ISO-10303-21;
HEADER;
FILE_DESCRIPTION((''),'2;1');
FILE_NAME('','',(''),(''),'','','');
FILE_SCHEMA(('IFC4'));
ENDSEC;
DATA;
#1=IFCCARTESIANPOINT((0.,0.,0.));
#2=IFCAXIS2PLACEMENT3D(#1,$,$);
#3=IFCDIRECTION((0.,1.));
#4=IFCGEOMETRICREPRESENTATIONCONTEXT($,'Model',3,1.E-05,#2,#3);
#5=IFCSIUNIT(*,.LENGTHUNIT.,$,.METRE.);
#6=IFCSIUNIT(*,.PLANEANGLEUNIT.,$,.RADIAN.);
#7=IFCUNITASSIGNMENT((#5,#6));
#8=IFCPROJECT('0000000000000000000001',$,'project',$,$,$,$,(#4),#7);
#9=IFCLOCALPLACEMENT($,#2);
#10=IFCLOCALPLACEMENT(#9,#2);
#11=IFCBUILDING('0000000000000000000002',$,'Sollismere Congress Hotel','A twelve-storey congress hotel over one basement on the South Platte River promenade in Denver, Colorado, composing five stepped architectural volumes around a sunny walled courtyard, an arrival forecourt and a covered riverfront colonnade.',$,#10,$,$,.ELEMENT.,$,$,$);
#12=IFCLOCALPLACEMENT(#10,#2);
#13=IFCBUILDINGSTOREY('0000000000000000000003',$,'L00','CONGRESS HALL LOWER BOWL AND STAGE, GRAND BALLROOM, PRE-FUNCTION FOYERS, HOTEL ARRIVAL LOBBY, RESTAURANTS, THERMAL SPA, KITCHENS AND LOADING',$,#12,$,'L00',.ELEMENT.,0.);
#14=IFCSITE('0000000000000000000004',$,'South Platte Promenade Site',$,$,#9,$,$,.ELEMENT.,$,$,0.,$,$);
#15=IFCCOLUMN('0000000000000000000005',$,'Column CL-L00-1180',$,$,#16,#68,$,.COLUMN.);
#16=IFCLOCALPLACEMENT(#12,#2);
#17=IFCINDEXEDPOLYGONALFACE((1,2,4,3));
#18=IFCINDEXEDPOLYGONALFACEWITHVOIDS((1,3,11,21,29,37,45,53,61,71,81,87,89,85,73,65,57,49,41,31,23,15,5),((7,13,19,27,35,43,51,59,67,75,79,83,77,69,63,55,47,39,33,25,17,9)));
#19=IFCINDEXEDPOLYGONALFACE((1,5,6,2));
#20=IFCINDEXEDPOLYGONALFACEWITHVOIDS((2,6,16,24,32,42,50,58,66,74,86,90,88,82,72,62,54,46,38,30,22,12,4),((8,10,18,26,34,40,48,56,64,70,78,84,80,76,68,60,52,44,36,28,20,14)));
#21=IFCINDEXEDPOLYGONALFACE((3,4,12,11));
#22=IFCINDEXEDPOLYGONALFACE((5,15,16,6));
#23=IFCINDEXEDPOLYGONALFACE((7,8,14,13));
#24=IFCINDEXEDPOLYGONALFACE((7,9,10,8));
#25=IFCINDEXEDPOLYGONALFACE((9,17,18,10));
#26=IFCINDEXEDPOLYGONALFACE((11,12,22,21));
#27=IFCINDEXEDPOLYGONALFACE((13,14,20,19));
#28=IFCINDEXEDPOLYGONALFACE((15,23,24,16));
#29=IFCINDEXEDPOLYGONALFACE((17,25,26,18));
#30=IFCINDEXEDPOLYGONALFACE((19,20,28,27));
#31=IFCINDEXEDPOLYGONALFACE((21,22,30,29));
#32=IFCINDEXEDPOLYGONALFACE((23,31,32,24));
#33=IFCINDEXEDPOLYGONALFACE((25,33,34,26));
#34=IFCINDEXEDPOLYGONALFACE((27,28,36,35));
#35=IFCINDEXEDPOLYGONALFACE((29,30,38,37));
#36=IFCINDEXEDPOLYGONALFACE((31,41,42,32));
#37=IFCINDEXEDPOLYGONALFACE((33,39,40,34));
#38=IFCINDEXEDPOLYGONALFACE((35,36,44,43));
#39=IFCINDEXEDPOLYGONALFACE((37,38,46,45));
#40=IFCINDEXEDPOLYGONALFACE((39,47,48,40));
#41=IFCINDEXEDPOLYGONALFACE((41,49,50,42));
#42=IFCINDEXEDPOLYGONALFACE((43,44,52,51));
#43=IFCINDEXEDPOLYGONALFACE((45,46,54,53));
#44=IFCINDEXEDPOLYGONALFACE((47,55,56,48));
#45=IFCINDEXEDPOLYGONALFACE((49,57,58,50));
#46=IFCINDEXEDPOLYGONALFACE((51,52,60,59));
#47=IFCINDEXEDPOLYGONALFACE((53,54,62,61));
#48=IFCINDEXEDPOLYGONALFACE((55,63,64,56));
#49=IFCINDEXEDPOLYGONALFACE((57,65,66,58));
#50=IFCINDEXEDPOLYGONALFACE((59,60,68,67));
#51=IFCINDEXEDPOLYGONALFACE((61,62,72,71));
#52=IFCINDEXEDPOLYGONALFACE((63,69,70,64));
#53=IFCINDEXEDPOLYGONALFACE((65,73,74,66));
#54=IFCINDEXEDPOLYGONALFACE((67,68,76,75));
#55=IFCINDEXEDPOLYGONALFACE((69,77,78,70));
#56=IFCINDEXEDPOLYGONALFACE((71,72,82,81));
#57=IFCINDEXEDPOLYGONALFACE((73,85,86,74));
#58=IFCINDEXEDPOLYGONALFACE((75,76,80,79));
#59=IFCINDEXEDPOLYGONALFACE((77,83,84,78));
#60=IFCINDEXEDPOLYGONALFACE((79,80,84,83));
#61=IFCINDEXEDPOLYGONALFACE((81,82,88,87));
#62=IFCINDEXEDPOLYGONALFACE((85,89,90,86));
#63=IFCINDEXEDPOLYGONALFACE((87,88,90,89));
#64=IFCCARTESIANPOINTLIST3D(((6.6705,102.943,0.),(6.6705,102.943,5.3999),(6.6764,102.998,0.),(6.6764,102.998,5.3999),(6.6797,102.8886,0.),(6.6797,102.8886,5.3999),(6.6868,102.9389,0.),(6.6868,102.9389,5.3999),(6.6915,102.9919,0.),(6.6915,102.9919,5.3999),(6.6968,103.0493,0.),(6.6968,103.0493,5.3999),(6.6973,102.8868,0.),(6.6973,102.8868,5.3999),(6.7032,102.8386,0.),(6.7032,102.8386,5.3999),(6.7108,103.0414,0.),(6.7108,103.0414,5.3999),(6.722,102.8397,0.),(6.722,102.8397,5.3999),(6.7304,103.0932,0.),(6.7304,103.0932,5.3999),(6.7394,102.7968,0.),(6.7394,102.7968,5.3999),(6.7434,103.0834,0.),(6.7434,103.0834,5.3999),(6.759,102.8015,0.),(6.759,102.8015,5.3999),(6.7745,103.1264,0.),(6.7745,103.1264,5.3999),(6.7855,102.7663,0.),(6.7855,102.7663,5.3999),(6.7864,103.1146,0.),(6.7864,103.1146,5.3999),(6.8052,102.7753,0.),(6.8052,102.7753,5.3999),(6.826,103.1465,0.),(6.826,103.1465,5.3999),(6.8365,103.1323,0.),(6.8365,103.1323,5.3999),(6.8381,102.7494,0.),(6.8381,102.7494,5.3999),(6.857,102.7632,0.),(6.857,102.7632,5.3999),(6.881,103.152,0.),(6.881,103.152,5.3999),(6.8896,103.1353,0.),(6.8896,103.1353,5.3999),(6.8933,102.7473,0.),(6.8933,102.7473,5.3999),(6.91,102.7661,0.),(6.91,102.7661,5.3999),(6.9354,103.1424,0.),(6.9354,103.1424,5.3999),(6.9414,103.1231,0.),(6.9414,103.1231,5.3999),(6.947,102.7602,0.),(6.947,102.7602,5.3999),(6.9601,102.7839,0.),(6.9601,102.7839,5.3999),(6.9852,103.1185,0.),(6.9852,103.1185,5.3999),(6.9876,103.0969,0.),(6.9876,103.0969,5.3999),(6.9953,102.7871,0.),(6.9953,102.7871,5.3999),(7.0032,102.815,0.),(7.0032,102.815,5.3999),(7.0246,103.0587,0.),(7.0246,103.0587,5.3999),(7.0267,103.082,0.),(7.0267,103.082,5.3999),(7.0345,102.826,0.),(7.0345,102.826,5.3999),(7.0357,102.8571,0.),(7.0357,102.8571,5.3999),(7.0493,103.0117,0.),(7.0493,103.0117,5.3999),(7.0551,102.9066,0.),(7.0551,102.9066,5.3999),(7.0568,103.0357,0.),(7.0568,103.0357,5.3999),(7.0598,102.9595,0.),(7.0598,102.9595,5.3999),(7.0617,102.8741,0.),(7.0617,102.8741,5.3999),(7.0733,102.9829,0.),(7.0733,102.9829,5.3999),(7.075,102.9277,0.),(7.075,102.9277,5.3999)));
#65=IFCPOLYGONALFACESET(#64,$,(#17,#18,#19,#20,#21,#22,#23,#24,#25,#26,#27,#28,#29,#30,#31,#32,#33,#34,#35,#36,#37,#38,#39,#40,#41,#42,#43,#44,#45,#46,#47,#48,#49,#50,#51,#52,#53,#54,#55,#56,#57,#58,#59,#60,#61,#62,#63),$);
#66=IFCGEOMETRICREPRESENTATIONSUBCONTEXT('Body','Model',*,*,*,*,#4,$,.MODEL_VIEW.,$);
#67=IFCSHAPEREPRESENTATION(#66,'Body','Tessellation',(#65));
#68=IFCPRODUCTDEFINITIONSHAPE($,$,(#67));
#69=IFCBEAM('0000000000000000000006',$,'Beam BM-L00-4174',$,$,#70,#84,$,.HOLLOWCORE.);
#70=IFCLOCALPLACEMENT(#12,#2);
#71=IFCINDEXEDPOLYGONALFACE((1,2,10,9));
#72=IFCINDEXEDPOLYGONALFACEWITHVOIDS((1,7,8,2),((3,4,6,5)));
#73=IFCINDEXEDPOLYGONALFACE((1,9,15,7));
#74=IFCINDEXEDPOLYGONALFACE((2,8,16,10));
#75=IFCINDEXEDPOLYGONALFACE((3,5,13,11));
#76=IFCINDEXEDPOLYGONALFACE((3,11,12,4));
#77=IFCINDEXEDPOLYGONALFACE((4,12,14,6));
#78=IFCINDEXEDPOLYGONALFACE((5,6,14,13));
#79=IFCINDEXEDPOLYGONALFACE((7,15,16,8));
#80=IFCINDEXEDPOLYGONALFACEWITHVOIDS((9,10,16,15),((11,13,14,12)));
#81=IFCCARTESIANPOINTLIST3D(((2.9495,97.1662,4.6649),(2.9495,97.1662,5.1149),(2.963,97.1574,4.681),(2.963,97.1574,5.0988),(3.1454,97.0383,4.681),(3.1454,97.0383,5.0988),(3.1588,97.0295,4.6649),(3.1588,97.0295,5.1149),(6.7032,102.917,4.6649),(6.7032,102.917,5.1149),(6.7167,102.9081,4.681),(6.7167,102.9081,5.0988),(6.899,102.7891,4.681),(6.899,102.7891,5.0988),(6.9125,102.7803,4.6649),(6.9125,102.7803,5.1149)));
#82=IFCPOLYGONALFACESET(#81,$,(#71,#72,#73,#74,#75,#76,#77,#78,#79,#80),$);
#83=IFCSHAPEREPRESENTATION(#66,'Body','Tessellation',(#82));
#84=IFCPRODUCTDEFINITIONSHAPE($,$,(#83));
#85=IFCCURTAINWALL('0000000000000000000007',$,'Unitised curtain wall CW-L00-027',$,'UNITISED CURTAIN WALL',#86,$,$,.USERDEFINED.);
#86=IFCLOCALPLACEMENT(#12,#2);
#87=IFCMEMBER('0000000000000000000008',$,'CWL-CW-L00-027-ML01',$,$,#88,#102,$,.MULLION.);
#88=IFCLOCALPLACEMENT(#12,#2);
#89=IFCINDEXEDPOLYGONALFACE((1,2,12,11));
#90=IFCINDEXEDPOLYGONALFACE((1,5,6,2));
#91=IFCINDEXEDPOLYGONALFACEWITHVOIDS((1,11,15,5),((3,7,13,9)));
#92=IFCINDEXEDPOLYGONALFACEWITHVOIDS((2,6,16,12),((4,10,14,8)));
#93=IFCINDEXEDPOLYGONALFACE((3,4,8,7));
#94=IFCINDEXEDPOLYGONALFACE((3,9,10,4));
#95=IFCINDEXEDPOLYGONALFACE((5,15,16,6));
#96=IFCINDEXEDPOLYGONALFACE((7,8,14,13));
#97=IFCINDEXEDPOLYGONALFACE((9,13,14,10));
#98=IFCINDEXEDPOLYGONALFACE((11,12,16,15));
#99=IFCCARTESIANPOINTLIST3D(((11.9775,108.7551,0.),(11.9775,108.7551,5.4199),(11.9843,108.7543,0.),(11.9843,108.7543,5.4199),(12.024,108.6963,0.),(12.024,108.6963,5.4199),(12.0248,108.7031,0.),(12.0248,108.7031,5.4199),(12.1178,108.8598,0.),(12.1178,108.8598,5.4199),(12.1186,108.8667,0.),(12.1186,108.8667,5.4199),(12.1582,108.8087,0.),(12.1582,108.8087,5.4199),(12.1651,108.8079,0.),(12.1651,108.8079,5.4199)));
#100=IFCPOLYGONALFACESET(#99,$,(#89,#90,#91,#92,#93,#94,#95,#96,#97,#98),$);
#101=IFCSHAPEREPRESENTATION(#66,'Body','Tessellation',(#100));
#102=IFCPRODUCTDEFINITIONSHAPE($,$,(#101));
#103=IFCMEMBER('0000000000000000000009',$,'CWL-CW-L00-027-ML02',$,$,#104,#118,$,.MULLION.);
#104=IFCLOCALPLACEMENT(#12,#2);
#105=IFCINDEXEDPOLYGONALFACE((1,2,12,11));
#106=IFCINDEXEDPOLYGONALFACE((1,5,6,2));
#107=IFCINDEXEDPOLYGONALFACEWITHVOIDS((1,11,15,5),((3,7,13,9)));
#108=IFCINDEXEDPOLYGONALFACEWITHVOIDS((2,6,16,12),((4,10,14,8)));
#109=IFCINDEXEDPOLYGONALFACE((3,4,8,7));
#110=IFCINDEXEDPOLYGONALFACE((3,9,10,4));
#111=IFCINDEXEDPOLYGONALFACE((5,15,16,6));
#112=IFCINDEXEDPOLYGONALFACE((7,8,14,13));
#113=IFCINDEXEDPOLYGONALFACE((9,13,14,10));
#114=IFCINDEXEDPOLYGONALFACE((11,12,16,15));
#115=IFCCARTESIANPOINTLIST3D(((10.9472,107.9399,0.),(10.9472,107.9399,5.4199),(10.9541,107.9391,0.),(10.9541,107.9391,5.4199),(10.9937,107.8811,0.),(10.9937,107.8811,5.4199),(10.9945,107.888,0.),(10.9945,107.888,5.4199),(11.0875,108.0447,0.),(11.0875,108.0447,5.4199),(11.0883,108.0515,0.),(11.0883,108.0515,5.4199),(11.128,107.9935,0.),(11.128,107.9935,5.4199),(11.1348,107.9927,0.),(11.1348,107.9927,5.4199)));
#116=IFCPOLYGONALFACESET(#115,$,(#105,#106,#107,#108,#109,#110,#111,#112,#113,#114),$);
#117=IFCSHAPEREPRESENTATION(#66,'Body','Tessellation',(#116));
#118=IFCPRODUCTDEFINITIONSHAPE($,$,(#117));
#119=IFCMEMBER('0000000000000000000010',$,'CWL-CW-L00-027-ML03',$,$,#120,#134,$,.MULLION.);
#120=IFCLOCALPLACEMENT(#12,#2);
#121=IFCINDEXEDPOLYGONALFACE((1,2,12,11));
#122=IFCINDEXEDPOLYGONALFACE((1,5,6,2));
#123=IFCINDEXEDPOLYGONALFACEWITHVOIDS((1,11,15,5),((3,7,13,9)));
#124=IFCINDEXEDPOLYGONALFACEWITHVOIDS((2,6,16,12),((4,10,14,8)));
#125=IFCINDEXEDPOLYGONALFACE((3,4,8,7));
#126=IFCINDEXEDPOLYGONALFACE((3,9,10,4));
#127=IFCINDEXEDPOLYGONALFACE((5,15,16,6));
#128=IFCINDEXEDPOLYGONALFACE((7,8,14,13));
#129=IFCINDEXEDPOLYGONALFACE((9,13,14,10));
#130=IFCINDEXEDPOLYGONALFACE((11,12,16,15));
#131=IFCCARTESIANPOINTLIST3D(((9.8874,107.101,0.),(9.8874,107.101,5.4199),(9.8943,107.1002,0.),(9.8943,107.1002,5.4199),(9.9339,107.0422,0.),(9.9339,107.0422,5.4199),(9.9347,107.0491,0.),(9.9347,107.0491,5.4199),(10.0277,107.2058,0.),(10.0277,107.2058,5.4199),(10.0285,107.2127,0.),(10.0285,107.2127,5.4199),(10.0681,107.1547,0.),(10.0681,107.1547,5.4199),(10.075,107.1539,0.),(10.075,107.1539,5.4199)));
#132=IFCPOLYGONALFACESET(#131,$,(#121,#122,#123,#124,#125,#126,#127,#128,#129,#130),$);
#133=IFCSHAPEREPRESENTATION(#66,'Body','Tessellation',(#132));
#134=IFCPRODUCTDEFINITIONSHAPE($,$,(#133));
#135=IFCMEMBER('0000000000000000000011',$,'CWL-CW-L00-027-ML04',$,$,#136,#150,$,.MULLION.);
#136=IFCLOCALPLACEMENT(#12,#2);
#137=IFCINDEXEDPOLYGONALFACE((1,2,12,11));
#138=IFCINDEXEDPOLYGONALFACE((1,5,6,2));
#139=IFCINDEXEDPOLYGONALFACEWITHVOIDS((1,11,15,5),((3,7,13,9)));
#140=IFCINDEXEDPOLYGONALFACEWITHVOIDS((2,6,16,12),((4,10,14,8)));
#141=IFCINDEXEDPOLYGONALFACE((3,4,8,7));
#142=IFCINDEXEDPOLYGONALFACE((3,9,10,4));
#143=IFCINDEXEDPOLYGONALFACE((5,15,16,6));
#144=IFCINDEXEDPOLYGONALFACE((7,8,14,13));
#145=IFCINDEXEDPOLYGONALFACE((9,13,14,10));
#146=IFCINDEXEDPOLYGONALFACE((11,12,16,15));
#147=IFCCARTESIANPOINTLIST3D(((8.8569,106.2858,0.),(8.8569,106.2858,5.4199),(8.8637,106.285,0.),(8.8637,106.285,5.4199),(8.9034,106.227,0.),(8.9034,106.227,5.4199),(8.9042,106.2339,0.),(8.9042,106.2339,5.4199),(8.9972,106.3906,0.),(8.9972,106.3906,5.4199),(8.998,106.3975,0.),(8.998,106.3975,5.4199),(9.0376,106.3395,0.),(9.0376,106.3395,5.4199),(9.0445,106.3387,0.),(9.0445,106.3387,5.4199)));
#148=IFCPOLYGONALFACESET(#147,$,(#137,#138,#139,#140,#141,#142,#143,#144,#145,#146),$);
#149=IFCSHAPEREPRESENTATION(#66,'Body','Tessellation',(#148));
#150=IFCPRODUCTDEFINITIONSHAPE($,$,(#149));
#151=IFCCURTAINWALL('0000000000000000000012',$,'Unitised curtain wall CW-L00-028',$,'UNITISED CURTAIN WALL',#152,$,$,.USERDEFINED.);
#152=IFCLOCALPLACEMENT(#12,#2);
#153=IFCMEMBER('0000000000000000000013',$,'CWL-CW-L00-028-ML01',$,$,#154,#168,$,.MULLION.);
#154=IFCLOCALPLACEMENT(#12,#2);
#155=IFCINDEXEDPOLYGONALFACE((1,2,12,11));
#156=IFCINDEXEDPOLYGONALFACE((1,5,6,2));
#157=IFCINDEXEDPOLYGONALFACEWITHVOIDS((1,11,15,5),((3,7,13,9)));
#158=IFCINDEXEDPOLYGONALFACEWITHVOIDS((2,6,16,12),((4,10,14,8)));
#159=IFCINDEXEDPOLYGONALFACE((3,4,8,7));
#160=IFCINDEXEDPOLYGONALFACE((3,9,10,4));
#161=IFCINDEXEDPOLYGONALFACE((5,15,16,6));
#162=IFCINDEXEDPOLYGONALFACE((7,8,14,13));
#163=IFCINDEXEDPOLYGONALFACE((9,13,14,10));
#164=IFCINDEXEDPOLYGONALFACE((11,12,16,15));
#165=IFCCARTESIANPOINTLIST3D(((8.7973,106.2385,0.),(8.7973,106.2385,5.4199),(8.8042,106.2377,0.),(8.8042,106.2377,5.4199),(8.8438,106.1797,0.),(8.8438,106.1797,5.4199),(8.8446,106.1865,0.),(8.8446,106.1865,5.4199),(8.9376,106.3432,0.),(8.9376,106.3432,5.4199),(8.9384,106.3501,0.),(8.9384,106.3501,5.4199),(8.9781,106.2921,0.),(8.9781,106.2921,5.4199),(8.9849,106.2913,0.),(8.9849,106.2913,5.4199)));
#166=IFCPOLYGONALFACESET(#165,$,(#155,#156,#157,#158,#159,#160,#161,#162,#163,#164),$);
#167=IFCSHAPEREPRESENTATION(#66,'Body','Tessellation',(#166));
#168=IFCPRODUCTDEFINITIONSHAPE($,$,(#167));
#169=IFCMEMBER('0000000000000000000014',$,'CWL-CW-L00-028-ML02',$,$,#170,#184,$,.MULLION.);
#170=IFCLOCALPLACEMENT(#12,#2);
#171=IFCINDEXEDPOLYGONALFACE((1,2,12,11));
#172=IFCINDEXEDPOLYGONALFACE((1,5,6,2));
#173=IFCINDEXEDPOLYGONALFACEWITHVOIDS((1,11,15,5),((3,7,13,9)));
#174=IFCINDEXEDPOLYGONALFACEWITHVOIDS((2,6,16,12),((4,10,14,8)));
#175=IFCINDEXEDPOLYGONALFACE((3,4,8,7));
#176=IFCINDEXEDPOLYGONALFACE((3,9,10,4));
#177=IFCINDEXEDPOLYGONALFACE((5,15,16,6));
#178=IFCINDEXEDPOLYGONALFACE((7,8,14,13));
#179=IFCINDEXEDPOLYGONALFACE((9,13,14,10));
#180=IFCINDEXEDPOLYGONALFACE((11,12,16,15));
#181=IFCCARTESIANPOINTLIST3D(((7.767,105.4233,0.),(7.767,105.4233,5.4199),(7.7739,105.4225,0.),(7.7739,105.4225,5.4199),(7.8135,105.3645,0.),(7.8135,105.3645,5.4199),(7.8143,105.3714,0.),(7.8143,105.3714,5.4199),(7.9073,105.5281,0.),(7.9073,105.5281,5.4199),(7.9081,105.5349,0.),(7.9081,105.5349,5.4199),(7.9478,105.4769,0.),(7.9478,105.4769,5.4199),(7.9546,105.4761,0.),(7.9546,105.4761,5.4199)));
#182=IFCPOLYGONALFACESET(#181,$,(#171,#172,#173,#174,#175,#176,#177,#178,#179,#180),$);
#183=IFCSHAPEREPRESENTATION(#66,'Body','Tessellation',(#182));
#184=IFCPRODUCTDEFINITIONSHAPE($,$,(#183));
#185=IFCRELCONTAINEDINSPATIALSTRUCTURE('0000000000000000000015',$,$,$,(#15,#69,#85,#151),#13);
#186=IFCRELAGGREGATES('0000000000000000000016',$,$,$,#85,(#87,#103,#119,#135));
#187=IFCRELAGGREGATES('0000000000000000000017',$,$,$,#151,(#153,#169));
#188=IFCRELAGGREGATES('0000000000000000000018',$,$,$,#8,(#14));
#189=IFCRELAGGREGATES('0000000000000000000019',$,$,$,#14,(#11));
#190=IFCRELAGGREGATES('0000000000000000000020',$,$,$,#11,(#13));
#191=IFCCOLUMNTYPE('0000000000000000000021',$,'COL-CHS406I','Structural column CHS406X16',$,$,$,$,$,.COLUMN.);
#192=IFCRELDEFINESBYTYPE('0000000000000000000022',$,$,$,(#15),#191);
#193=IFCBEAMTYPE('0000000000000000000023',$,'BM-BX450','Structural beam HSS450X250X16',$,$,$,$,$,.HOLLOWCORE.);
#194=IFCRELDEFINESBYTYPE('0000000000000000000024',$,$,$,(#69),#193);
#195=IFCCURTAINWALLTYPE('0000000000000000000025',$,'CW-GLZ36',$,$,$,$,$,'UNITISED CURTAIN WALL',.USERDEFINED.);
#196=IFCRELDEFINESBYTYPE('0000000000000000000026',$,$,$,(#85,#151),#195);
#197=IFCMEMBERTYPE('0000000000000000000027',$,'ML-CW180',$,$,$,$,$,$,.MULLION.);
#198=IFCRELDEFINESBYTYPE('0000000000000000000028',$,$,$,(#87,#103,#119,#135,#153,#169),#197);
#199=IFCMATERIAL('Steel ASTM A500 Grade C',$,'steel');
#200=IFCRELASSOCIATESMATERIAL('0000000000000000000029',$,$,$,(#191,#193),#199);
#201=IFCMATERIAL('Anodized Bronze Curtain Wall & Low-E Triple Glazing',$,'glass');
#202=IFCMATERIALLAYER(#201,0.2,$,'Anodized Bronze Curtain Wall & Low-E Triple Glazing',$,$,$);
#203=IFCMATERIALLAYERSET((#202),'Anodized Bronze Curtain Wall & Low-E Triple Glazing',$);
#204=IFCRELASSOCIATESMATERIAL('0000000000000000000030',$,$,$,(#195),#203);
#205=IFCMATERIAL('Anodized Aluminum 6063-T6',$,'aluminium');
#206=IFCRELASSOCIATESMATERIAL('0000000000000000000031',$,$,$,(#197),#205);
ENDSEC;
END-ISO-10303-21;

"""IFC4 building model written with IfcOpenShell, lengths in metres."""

from ifc_helpers import new_model, si_unit, direction, frame, origin, origin_2d, place, context, subcontext, project, spatial, hollow_rectangle, hollow_circle, extrude, material, layer, layer_set, material_profile, profile_set, type_object, element, aggregate, save


model = new_model("IFC4")

# Units and contexts
model_context = context("Model", 3, precision=1e-05, world=origin(), true_north=direction((0.0, 1.0)))
body_context = subcontext(model_context, "Body", "Model", "MODEL_VIEW")
ifc_project = project(units=[si_unit("LENGTHUNIT", "METRE"), si_unit("PLANEANGLEUNIT", "RADIAN")], contexts=[model_context])

# Site, building, storey
site_placement = place(None, origin())
site = spatial("IfcSite", under=ifc_project, at=site_placement, Name="South Platte Promenade Site", CompositionType="ELEMENT", RefElevation=0.0)
building_placement = place(site_placement, origin())
building = spatial("IfcBuilding", under=site, at=building_placement, Name="Sollismere Congress Hotel", Description="A twelve-storey congress hotel over one basement on the South Platte River promenade in Denver, Colorado, composing five stepped architectural volumes around a sunny walled courtyard, an arrival forecourt and a covered riverfront colonnade.", CompositionType="ELEMENT")
storey_placement = place(building_placement, origin())
storey = spatial("IfcBuildingStorey", under=building, at=storey_placement, Name="L00", Description="CONGRESS HALL LOWER BOWL AND STAGE, GRAND BALLROOM, PRE-FUNCTION FOYERS, HOTEL ARRIVAL LOBBY, RESTAURANTS, THERMAL SPA, KITCHENS AND LOADING", LongName="L00", CompositionType="ELEMENT", Elevation=0.0)

# Column
ifc_material_1 = material(Name="Steel ASTM A500 Grade C", Category="steel")
ifc_material_profile_1 = material_profile(ifc_material_1, hollow_circle(Radius=0.2029, WallThickness=0.0161, at=origin_2d()), Name="CHS406X16")
ifc_profile_set_1 = profile_set([ifc_material_profile_1], Name="Steel ASTM A500 Grade C")
column_type = type_object("IfcColumnType", Name="COL-CHS406I", Description="Structural column CHS406X16", PredefinedType="COLUMN", material=ifc_profile_set_1)
column_placement = place(storey_placement, frame((6.8733, 102.9492, 0.0), z_axis=(0.0, 0.0, 1.0), x_axis=(-0.86984, 0.493335, 0.0)))
element("IfcColumn", 1, at=column_placement, inside=storey, type_object=column_type, Name="Column CL-L00-1180", PredefinedType="COLUMN", context=body_context, shape_type="SweptSolid", body=[
    extrude(hollow_circle(Radius=0.2029, WallThickness=0.0161, at=origin_2d()), origin(), (0.0, 0.0, 1.0), 5.3999),
])

# Beam
ifc_material_profile_2 = material_profile(ifc_material_1, hollow_rectangle(XDim=0.25, YDim=0.45, WallThickness=0.0161, at=origin_2d()), Name="HSS450X250X16")
ifc_profile_set_2 = profile_set([ifc_material_profile_2], Name="Steel ASTM A500 Grade C")
beam_type = type_object("IfcBeamType", Name="BM-BX450", Description="Structural beam HSS450X250X16", PredefinedType="HOLLOWCORE", material=ifc_profile_set_2)
beam_placement = place(storey_placement, frame((6.8079, 102.8486, 4.8899), z_axis=(-0.546593, -0.837398, 0.0), x_axis=(0.837398, -0.546593, 0.0)))
element("IfcBeam", 2, at=beam_placement, inside=storey, type_object=beam_type, Name="Beam BM-L00-4174", PredefinedType="HOLLOWCORE", context=body_context, shape_type="SweptSolid", body=[
    extrude(hollow_rectangle(XDim=0.25, YDim=0.45, WallThickness=0.0161, at=origin_2d()), origin(), (0.0, 0.0, 1.0), 6.8674),
])

# Curtain walls, members
ifc_material_2 = material(Name="Anodized Bronze Curtain Wall & Low-E Triple Glazing", Category="glass")
ifc_layer_1 = layer(ifc_material_2, 0.2, Name="Anodized Bronze Curtain Wall & Low-E Triple Glazing")
ifc_layer_set_1 = layer_set([ifc_layer_1], Name="Anodized Bronze Curtain Wall & Low-E Triple Glazing")
curtain_wall_type = type_object("IfcCurtainWallType", Name="CW-GLZ36", ElementType="UNITISED CURTAIN WALL", PredefinedType="USERDEFINED", material=ifc_layer_set_1)
curtain_wall_1_placement = place(storey_placement, origin())
curtain_wall_1 = element("IfcCurtainWall", 3, at=curtain_wall_1_placement, inside=storey, type_object=curtain_wall_type, Name="Unitised curtain wall CW-L00-027", ObjectType="UNITISED CURTAIN WALL", PredefinedType="USERDEFINED")
ifc_material_3 = material(Name="Anodized Aluminum 6063-T6", Category="aluminium")
ifc_material_profile_3 = material_profile(ifc_material_3, hollow_rectangle(XDim=0.075, YDim=0.1799, WallThickness=0.0049, at=origin_2d()), Name="ALU180X75X5")
ifc_profile_set_3 = profile_set([ifc_material_profile_3], Name="Anodized Aluminum 6063-T6")
member_type_1 = type_object("IfcMemberType", Name="ML-CW180", PredefinedType="MULLION", material=ifc_profile_set_3)
member_1_placement = place(storey_placement, frame((12.0713, 108.7815, 0.0), z_axis=(0.0, 0.0, 1.0), x_axis=(0.620532, -0.784181, 0.0)))
member_1 = element("IfcMember", 4, at=member_1_placement, type_object=member_type_1, Name="CWL-CW-L00-027-ML01", PredefinedType="MULLION", context=body_context, shape_type="SweptSolid", body=[
    extrude(hollow_rectangle(XDim=0.075, YDim=0.1799, WallThickness=0.0049, at=origin_2d()), origin(), (0.0, 0.0, 1.0), 5.4199),
])
member_2_placement = place(storey_placement, frame((11.041, 107.9663, 0.0), z_axis=(0.0, 0.0, 1.0), x_axis=(0.620532, -0.784181, 0.0)))
member_2 = element("IfcMember", 5, at=member_2_placement, type_object=member_type_1, Name="CWL-CW-L00-027-ML02", PredefinedType="MULLION", context=body_context, shape_type="SweptSolid", body=[
    extrude(hollow_rectangle(XDim=0.075, YDim=0.1799, WallThickness=0.0049, at=origin_2d()), origin(), (0.0, 0.0, 1.0), 5.4199),
])
member_3_placement = place(storey_placement, frame((9.9812, 107.1274, 0.0), z_axis=(0.0, 0.0, 1.0), x_axis=(0.620532, -0.784181, 0.0)))
member_3 = element("IfcMember", 6, at=member_3_placement, type_object=member_type_1, Name="CWL-CW-L00-027-ML03", PredefinedType="MULLION", context=body_context, shape_type="SweptSolid", body=[
    extrude(hollow_rectangle(XDim=0.075, YDim=0.1799, WallThickness=0.0049, at=origin_2d()), origin(), (0.0, 0.0, 1.0), 5.4199),
])
member_4_placement = place(storey_placement, frame((8.9507, 106.3123, 0.0), z_axis=(0.0, 0.0, 1.0), x_axis=(0.620532, -0.784181, 0.0)))
member_4 = element("IfcMember", 7, at=member_4_placement, type_object=member_type_1, Name="CWL-CW-L00-027-ML04", PredefinedType="MULLION", context=body_context, shape_type="SweptSolid", body=[
    extrude(hollow_rectangle(XDim=0.075, YDim=0.1799, WallThickness=0.0049, at=origin_2d()), origin(), (0.0, 0.0, 1.0), 5.4199),
])
curtain_wall_2_placement = place(storey_placement, origin())
curtain_wall_2 = element("IfcCurtainWall", 8, at=curtain_wall_2_placement, inside=storey, type_object=curtain_wall_type, Name="Unitised curtain wall CW-L00-028", ObjectType="UNITISED CURTAIN WALL", PredefinedType="USERDEFINED")
member_5_placement = place(storey_placement, frame((8.8911, 106.2649, 0.0), z_axis=(0.0, 0.0, 1.0), x_axis=(0.620532, -0.784181, 0.0)))
member_5 = element("IfcMember", 9, at=member_5_placement, type_object=member_type_1, Name="CWL-CW-L00-028-ML01", PredefinedType="MULLION", context=body_context, shape_type="SweptSolid", body=[
    extrude(hollow_rectangle(XDim=0.075, YDim=0.1799, WallThickness=0.0049, at=origin_2d()), origin(), (0.0, 0.0, 1.0), 5.4199),
])
member_6_placement = place(storey_placement, frame((7.8608, 105.4497, 0.0), z_axis=(0.0, 0.0, 1.0), x_axis=(0.620532, -0.784181, 0.0)))
member_6 = element("IfcMember", 10, at=member_6_placement, type_object=member_type_1, Name="CWL-CW-L00-028-ML02", PredefinedType="MULLION", context=body_context, shape_type="SweptSolid", body=[
    extrude(hollow_rectangle(XDim=0.075, YDim=0.1799, WallThickness=0.0049, at=origin_2d()), origin(), (0.0, 0.0, 1.0), 5.4199),
])

aggregate(curtain_wall_1, [member_1, member_2, member_3, member_4])
aggregate(curtain_wall_2, [member_5, member_6])

save(model, "model.ifc")
